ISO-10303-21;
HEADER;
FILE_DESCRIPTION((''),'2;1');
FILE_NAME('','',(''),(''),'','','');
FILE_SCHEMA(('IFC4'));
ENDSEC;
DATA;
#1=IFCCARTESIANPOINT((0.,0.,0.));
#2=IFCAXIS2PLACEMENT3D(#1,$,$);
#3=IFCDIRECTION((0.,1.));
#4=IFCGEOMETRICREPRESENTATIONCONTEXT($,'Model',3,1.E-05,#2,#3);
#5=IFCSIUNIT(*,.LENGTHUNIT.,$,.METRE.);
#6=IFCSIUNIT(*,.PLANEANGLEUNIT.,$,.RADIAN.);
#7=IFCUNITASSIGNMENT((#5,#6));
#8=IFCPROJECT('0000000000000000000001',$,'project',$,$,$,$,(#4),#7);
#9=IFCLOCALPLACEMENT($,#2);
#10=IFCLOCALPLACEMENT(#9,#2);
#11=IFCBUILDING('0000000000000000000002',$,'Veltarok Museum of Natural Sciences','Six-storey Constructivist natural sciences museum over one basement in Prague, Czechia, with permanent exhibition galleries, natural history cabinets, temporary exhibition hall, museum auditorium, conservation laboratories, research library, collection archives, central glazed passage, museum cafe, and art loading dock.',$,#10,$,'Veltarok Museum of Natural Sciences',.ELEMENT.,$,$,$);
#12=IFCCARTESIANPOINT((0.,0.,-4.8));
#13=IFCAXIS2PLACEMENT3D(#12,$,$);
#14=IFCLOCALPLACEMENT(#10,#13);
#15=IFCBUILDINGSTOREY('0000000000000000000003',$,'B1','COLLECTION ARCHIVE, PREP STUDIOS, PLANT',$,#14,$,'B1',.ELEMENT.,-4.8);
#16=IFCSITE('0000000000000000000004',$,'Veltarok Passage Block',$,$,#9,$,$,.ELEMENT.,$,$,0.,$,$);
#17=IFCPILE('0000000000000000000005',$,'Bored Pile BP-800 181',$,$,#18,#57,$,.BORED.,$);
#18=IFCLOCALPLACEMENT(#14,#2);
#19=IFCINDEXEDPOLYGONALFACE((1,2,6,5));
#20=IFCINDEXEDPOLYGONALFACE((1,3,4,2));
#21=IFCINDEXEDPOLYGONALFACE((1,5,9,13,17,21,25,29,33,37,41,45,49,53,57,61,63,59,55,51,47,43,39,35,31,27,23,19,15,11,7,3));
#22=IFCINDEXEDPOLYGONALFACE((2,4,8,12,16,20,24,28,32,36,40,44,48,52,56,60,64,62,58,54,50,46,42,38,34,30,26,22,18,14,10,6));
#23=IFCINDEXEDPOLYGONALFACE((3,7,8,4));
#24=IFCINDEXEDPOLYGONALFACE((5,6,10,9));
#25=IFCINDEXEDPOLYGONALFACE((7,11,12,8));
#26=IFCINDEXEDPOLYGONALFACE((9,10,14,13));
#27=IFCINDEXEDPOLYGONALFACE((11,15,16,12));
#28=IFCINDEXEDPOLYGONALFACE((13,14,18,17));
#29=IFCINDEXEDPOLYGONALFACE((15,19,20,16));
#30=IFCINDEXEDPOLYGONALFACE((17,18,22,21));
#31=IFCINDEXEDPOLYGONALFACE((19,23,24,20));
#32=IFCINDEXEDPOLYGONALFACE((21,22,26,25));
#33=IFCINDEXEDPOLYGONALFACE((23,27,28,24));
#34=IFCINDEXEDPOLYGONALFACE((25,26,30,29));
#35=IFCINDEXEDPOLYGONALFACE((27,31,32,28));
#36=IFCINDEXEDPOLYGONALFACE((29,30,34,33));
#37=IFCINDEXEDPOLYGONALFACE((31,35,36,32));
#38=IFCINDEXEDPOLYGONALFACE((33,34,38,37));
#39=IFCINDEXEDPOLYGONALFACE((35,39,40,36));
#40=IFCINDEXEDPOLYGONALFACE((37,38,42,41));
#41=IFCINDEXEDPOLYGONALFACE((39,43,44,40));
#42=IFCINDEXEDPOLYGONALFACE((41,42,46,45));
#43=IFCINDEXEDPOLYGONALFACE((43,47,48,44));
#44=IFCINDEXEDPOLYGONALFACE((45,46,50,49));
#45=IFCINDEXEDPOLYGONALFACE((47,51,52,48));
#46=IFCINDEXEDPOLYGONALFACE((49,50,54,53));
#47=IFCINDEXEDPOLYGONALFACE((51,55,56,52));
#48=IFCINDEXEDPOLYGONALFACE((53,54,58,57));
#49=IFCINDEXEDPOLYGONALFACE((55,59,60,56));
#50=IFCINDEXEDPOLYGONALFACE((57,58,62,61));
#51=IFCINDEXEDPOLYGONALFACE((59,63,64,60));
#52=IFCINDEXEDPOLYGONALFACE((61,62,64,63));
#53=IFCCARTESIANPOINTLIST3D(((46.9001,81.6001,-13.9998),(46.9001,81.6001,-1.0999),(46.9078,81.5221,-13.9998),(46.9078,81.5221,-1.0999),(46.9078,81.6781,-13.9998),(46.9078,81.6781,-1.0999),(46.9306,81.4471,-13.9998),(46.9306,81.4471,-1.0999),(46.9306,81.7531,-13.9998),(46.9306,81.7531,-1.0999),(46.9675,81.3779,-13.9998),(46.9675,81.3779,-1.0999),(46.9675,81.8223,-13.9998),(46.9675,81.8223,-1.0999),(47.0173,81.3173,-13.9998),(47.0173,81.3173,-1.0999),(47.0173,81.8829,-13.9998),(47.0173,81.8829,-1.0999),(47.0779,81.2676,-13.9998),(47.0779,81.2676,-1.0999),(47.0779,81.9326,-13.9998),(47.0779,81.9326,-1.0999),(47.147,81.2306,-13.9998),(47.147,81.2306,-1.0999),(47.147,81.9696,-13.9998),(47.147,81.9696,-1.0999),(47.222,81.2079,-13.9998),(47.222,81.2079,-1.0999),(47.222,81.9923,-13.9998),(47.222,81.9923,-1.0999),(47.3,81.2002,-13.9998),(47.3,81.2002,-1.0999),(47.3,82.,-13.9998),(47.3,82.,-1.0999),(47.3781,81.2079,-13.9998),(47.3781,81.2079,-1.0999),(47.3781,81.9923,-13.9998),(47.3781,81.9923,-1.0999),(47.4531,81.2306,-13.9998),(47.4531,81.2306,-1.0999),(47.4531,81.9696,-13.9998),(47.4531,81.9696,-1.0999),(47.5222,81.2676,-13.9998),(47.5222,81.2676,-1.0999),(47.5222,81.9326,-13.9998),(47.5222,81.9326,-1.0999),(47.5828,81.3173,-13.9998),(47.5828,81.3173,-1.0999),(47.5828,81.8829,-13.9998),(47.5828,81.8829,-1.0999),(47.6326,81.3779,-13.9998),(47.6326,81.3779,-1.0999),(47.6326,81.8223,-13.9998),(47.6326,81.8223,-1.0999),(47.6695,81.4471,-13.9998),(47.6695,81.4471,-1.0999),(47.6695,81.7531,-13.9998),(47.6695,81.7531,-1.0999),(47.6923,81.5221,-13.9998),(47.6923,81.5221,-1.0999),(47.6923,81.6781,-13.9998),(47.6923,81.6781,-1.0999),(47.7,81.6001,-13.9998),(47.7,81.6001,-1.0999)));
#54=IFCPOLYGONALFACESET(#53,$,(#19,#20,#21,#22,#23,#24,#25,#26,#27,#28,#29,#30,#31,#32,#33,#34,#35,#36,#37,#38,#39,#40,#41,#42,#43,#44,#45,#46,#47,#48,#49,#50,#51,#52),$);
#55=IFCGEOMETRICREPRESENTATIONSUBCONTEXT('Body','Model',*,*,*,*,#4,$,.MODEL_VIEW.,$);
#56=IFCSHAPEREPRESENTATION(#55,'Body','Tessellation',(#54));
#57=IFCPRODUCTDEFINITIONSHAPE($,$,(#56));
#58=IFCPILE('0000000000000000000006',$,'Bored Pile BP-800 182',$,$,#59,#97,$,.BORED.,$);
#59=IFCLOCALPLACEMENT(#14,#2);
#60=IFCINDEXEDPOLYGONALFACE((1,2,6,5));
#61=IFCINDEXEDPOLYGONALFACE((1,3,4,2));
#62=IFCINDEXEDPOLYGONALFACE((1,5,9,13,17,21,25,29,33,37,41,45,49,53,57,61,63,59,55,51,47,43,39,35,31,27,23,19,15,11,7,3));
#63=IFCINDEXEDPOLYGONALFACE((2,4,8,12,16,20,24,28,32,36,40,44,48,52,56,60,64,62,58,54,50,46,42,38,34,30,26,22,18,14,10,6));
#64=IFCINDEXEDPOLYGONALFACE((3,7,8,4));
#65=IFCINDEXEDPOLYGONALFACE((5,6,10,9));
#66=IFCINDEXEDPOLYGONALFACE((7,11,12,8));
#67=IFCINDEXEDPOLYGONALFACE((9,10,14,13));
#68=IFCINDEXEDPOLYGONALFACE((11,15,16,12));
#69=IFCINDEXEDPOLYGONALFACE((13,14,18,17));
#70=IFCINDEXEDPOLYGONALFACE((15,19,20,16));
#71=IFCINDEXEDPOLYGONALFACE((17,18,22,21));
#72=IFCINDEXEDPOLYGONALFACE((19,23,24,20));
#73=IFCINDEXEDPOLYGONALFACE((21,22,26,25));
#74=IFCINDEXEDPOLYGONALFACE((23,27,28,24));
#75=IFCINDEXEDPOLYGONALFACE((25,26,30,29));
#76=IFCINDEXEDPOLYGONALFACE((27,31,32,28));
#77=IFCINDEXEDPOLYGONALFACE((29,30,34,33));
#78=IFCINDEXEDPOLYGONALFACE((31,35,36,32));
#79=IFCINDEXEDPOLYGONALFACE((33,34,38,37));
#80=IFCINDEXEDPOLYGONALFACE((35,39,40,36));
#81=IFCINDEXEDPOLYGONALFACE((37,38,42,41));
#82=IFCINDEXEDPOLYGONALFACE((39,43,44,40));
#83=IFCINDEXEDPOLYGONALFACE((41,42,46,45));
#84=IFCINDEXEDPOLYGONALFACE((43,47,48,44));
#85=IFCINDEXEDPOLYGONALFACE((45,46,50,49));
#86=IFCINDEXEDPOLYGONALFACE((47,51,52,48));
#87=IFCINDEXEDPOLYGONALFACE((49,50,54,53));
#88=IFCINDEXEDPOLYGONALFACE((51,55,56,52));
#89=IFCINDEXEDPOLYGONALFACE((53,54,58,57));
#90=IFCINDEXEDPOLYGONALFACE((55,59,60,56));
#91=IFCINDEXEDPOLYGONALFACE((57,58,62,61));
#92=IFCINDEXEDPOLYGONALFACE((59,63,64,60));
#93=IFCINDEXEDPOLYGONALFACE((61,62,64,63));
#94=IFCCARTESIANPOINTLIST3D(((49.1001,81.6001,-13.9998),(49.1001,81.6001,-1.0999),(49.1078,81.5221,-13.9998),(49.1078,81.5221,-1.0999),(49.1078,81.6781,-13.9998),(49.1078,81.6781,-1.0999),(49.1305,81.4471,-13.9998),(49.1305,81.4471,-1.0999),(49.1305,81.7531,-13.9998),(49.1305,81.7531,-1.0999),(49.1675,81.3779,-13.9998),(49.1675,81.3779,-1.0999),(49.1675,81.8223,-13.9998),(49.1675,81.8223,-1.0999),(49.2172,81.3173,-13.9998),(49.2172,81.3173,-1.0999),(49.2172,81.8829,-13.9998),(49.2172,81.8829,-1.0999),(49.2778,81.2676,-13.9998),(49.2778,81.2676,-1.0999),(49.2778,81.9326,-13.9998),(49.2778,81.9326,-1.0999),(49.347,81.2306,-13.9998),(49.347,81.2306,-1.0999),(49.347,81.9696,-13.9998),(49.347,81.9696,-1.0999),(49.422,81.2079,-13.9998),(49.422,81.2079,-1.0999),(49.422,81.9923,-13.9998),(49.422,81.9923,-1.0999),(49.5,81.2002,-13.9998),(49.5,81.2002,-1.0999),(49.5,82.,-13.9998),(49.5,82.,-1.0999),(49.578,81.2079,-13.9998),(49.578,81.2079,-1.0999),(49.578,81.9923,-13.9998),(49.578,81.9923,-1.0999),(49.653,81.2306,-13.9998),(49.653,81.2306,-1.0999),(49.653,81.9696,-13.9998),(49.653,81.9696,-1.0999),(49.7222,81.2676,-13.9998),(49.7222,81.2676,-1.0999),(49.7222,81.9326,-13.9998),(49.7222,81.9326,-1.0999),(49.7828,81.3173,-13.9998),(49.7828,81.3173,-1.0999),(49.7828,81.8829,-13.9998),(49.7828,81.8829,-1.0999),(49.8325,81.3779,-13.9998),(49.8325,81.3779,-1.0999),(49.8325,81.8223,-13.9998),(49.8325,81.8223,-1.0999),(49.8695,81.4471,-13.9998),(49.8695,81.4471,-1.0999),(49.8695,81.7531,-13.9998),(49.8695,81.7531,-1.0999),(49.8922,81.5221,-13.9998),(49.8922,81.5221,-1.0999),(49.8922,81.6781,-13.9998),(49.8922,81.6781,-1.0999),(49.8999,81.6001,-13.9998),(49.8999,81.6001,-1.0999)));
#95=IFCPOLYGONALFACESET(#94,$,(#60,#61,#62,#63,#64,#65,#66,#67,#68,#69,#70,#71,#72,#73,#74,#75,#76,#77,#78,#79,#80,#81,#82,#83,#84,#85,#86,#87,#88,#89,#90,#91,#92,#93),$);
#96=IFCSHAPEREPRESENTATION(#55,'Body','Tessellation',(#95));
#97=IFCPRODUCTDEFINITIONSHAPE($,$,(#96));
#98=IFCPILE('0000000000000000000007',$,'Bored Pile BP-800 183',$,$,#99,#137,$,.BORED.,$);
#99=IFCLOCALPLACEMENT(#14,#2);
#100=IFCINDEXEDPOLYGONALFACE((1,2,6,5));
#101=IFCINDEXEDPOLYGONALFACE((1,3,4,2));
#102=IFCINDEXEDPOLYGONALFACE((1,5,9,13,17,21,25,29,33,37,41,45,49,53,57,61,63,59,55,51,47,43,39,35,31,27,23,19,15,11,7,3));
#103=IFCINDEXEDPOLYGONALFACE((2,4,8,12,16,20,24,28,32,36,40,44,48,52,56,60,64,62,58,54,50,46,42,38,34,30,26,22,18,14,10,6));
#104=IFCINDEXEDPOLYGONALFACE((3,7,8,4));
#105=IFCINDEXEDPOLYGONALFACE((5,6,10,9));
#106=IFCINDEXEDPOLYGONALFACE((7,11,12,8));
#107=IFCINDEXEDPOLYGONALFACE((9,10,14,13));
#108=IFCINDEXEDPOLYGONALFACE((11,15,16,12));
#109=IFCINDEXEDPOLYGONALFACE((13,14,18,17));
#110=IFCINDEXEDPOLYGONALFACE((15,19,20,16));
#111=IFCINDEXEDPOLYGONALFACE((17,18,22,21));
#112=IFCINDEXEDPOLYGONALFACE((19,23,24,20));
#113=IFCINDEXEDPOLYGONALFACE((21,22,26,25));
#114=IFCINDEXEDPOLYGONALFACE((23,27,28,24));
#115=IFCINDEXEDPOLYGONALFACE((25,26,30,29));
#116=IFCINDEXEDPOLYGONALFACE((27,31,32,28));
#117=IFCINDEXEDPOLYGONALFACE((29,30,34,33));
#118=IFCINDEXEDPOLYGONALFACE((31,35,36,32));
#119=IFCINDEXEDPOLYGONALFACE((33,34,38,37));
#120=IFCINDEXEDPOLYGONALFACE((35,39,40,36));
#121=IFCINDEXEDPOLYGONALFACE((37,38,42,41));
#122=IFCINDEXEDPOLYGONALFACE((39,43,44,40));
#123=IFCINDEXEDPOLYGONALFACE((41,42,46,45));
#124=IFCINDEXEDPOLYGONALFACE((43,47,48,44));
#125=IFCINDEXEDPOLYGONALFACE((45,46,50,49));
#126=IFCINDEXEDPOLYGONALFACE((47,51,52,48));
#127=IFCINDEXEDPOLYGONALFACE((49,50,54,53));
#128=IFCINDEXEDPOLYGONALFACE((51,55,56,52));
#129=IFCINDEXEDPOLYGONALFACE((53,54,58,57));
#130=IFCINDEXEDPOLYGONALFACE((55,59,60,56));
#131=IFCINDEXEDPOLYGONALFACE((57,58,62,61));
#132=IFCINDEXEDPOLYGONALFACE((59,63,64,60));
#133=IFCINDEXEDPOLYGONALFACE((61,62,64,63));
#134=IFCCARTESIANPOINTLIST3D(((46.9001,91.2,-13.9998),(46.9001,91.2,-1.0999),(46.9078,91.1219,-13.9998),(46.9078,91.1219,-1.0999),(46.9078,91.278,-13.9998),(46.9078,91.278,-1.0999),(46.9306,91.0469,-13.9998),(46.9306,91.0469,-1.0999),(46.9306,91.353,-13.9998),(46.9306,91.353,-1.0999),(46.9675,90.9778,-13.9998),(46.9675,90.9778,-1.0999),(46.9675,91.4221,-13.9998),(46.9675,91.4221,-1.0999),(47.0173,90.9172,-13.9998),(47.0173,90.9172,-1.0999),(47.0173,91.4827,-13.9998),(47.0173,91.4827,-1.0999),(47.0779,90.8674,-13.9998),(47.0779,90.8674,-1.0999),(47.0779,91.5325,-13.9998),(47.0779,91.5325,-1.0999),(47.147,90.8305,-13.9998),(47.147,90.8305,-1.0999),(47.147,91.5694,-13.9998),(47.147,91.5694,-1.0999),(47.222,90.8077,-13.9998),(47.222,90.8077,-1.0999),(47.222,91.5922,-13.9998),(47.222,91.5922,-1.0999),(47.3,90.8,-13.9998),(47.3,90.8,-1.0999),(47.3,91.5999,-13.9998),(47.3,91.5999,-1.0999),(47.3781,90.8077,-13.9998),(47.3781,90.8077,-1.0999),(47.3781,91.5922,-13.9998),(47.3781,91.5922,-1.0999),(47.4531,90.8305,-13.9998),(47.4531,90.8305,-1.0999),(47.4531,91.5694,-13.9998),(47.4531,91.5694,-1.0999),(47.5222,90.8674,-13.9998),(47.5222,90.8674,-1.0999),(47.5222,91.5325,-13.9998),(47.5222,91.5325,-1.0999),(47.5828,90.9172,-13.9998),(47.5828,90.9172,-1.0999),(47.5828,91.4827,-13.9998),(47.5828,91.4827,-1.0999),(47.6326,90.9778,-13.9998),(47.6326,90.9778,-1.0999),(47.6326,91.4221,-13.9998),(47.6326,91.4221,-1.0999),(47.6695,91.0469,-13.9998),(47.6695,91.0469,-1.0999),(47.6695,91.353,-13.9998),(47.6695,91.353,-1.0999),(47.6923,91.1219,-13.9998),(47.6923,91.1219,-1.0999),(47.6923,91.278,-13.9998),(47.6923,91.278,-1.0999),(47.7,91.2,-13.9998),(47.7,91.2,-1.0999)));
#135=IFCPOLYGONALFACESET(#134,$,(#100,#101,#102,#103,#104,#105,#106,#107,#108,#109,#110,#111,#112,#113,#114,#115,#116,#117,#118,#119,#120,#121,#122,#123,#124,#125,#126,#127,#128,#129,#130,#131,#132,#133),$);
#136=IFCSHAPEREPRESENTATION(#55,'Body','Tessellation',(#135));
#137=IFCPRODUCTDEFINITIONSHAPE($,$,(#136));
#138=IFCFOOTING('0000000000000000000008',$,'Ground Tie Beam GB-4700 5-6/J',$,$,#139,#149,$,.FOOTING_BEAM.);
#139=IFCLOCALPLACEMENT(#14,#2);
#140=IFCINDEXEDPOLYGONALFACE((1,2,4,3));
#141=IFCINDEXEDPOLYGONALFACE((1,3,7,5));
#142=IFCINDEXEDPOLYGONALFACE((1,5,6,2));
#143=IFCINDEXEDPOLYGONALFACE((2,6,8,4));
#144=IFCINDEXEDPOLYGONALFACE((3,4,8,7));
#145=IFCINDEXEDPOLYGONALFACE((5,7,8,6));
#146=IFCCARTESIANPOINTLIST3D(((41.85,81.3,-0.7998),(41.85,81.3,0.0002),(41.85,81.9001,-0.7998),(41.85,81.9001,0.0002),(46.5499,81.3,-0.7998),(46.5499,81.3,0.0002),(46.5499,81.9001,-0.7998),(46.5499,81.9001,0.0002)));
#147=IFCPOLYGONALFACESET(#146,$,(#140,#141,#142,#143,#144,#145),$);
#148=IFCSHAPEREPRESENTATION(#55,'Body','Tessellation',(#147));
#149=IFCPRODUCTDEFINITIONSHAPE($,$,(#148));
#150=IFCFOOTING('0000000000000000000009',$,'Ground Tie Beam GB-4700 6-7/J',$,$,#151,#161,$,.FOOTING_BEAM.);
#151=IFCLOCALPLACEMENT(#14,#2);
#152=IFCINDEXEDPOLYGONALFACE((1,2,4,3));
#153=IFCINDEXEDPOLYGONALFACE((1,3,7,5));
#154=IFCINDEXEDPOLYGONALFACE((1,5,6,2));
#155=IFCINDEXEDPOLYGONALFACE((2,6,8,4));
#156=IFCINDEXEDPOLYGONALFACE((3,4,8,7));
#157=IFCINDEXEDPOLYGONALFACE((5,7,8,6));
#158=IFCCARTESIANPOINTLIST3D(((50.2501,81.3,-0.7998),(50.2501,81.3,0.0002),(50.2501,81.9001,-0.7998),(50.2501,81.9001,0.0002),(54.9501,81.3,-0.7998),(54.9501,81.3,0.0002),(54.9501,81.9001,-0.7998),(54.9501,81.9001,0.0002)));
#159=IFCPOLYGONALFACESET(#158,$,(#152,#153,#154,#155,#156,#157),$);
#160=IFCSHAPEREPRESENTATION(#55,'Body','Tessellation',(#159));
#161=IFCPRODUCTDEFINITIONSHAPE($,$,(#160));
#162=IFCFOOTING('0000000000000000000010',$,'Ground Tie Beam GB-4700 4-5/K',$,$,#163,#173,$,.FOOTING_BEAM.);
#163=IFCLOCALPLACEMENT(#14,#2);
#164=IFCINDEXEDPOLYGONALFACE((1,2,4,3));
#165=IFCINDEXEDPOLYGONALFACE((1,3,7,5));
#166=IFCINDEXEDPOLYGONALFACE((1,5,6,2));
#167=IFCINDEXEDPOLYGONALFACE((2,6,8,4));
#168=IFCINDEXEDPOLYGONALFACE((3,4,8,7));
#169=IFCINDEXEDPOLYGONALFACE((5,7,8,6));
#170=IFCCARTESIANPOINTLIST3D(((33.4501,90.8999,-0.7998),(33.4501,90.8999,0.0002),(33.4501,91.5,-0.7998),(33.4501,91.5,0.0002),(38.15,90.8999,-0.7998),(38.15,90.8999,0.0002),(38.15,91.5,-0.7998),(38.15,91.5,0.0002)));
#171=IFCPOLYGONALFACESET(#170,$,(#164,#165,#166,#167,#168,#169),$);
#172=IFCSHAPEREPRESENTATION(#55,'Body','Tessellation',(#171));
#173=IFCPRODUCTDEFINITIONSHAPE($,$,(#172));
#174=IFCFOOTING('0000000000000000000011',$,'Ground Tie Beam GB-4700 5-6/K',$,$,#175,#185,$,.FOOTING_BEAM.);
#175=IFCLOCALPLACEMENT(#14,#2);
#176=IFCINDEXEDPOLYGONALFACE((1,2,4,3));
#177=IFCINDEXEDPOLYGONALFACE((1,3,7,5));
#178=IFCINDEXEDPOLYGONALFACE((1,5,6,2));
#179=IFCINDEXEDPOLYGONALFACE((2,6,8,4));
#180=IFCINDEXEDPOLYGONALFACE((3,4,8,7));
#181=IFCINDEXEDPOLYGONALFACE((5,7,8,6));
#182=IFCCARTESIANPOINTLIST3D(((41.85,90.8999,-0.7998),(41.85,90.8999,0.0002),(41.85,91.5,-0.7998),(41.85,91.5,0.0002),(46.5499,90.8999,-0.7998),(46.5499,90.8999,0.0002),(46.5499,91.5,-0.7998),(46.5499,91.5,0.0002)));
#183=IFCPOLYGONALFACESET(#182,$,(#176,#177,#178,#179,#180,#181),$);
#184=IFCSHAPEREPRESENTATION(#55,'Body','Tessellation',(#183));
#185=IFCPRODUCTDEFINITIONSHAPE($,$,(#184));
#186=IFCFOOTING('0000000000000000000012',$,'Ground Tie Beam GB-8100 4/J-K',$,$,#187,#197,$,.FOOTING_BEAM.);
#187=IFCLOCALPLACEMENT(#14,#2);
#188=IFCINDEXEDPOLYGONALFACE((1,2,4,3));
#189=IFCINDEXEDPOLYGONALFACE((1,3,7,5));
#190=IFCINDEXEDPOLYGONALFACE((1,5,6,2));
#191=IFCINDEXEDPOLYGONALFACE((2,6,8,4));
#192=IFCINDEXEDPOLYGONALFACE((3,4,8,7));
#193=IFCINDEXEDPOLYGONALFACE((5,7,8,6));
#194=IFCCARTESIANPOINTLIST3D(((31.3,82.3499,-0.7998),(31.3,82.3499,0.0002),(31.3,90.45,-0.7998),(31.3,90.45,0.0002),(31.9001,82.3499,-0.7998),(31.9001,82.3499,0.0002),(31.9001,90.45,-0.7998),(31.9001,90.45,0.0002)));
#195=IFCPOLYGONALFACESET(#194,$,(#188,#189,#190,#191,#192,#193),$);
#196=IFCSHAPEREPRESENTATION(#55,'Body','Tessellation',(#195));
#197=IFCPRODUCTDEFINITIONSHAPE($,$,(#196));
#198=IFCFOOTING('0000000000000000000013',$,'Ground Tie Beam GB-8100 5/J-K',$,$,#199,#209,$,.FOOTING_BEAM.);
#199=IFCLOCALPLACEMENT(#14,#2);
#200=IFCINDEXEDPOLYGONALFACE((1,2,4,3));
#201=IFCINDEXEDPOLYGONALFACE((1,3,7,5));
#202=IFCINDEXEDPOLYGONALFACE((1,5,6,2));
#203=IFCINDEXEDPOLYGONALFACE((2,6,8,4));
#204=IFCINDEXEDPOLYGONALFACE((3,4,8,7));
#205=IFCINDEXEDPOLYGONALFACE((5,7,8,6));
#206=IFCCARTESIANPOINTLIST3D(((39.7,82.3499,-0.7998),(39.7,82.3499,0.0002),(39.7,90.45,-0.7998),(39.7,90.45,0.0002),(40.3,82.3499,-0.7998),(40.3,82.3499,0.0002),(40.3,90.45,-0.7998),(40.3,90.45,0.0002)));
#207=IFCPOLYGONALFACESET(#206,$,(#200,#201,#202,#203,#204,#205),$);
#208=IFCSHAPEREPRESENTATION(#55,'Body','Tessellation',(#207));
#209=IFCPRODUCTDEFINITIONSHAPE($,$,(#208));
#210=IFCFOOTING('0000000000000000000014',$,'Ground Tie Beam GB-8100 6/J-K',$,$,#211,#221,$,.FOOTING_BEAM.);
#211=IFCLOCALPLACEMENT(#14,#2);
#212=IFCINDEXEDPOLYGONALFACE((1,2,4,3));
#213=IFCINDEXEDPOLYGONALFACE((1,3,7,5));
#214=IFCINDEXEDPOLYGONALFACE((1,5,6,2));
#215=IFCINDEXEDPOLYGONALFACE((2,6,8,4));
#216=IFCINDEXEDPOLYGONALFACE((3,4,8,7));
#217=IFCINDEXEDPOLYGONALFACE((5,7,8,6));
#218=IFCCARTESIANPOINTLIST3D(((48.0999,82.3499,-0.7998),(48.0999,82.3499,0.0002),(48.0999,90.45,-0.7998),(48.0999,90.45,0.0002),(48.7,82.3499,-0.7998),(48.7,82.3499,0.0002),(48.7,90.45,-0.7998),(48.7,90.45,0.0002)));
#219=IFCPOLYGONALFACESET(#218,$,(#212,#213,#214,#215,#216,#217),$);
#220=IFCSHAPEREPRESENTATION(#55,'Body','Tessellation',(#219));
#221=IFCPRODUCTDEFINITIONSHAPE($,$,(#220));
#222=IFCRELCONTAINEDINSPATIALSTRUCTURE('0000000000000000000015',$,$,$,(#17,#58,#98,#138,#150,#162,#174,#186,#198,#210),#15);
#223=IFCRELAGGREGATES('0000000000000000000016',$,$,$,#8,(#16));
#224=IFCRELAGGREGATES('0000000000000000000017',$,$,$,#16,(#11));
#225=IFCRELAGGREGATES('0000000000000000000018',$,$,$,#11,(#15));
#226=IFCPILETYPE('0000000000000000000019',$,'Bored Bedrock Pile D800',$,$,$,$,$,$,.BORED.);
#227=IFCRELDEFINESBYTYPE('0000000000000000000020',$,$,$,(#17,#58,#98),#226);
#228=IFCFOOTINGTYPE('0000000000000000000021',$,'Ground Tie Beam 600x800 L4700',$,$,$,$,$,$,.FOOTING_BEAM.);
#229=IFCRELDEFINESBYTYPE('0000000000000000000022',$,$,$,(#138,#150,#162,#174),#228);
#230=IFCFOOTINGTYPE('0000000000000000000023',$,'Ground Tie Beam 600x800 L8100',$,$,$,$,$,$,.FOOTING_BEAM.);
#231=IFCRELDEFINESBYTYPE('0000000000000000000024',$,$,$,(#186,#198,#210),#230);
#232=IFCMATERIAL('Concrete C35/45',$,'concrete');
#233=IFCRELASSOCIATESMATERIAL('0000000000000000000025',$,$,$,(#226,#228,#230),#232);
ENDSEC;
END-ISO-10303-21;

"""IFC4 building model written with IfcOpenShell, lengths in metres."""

from ifc_helpers import new_model, si_unit, direction, frame, origin, origin_2d, place, context, subcontext, project, spatial, rectangle, circle, extrude, material, material_profile, profile_set, type_object, element, save


model = new_model("IFC4")

# Units and contexts
model_context = context("Model", 3, precision=1e-05, world=origin(), true_north=direction((0.0, 1.0)))
body_context = subcontext(model_context, "Body", "Model", "MODEL_VIEW")
ifc_project = project(units=[si_unit("LENGTHUNIT", "METRE"), si_unit("PLANEANGLEUNIT", "RADIAN")], contexts=[model_context])

# Site, building, storey
site_placement = place(None, origin())
site = spatial("IfcSite", under=ifc_project, at=site_placement, Name="Veltarok Passage Block", CompositionType="ELEMENT", RefElevation=0.0)
building_placement = place(site_placement, origin())
building = spatial("IfcBuilding", under=site, at=building_placement, Name="Veltarok Museum of Natural Sciences", Description="Six-storey Constructivist natural sciences museum over one basement in Prague, Czechia, with permanent exhibition galleries, natural history cabinets, temporary exhibition hall, museum auditorium, conservation laboratories, research library, collection archives, central glazed passage, museum cafe, and art loading dock.", LongName="Veltarok Museum of Natural Sciences", CompositionType="ELEMENT")
storey_placement = place(building_placement, frame((0.0, 0.0, -4.8)))
storey = spatial("IfcBuildingStorey", under=building, at=storey_placement, Name="B1", Description="COLLECTION ARCHIVE, PREP STUDIOS, PLANT", LongName="B1", CompositionType="ELEMENT", Elevation=-4.8)

# Piles
ifc_material_1 = material(Name="Concrete C35/45", Category="concrete")
ifc_material_profile_1 = material_profile(ifc_material_1, circle(Radius=0.3999, at=origin_2d()), Name="BP D800")
ifc_profile_set_1 = profile_set([ifc_material_profile_1], Name="Concrete C35/45")
pile_type = type_object("IfcPileType", Name="Bored Bedrock Pile D800", PredefinedType="BORED", material=ifc_profile_set_1)
for number, where, z_axis, x_axis, name in (
    (1, (47.3, 81.6001, -1.0999), (0.0, 0.0, -1.0), (1.0, 0.0, 0.0), "Bored Pile BP-800 181"),
    (2, (49.5, 81.6001, -1.0999), (0.0, 0.0, -1.0), (1.0, 0.0, 0.0), "Bored Pile BP-800 182"),
    (3, (47.3, 91.2, -1.0999), (0.0, 0.0, -1.0), (1.0, 0.0, 0.0), "Bored Pile BP-800 183"),
):
    element("IfcPile", number, at=place(storey_placement, frame(where, z_axis=z_axis, x_axis=x_axis)), inside=storey, type_object=pile_type, Name=name, PredefinedType="BORED", context=body_context, shape_type="SweptSolid", body=[
        extrude(circle(Radius=0.3999, at=origin_2d()), origin(), (0.0, 0.0, 1.0), 12.8999),
    ])

# Footings
footing_type_1 = type_object("IfcFootingType", Name="Ground Tie Beam 600x800 L4700", PredefinedType="FOOTING_BEAM", material=ifc_material_1)
for number, where, z_axis, x_axis, name in (
    (4, (44.2, 81.6001, -0.7998), (0.0, 0.0, 1.0), (1.0, 0.0, 0.0), "Ground Tie Beam GB-4700 5-6/J"),
    (5, (52.6001, 81.6001, -0.7998), (0.0, 0.0, 1.0), (1.0, 0.0, 0.0), "Ground Tie Beam GB-4700 6-7/J"),
    (6, (35.8, 91.2, -0.7998), (0.0, 0.0, 1.0), (1.0, 0.0, 0.0), "Ground Tie Beam GB-4700 4-5/K"),
    (7, (44.2, 91.2, -0.7998), (0.0, 0.0, 1.0), (1.0, 0.0, 0.0), "Ground Tie Beam GB-4700 5-6/K"),
):
    element("IfcFooting", number, at=place(storey_placement, frame(where, z_axis=z_axis, x_axis=x_axis)), inside=storey, type_object=footing_type_1, Name=name, PredefinedType="FOOTING_BEAM", context=body_context, shape_type="SweptSolid", body=[
        extrude(rectangle(XDim=4.7, YDim=0.6001, at=origin_2d()), origin(), (0.0, 0.0, 1.0), 0.8),
    ])
footing_type_2 = type_object("IfcFootingType", Name="Ground Tie Beam 600x800 L8100", PredefinedType="FOOTING_BEAM", material=ifc_material_1)
for number, where, z_axis, x_axis, name in (
    (8, (31.6001, 86.3999, -0.7998), (0.0, 0.0, 1.0), (0.0, 1.0, 0.0), "Ground Tie Beam GB-8100 4/J-K"),
    (9, (40.0, 86.3999, -0.7998), (0.0, 0.0, 1.0), (0.0, 1.0, 0.0), "Ground Tie Beam GB-8100 5/J-K"),
    (10, (48.3999, 86.3999, -0.7998), (0.0, 0.0, 1.0), (0.0, 1.0, 0.0), "Ground Tie Beam GB-8100 6/J-K"),
):
    element("IfcFooting", number, at=place(storey_placement, frame(where, z_axis=z_axis, x_axis=x_axis)), inside=storey, type_object=footing_type_2, Name=name, PredefinedType="FOOTING_BEAM", context=body_context, shape_type="SweptSolid", body=[
        extrude(rectangle(XDim=8.1001, YDim=0.6001, at=origin_2d()), origin(), (0.0, 0.0, 1.0), 0.8),
    ])

save(model, "model.ifc")
